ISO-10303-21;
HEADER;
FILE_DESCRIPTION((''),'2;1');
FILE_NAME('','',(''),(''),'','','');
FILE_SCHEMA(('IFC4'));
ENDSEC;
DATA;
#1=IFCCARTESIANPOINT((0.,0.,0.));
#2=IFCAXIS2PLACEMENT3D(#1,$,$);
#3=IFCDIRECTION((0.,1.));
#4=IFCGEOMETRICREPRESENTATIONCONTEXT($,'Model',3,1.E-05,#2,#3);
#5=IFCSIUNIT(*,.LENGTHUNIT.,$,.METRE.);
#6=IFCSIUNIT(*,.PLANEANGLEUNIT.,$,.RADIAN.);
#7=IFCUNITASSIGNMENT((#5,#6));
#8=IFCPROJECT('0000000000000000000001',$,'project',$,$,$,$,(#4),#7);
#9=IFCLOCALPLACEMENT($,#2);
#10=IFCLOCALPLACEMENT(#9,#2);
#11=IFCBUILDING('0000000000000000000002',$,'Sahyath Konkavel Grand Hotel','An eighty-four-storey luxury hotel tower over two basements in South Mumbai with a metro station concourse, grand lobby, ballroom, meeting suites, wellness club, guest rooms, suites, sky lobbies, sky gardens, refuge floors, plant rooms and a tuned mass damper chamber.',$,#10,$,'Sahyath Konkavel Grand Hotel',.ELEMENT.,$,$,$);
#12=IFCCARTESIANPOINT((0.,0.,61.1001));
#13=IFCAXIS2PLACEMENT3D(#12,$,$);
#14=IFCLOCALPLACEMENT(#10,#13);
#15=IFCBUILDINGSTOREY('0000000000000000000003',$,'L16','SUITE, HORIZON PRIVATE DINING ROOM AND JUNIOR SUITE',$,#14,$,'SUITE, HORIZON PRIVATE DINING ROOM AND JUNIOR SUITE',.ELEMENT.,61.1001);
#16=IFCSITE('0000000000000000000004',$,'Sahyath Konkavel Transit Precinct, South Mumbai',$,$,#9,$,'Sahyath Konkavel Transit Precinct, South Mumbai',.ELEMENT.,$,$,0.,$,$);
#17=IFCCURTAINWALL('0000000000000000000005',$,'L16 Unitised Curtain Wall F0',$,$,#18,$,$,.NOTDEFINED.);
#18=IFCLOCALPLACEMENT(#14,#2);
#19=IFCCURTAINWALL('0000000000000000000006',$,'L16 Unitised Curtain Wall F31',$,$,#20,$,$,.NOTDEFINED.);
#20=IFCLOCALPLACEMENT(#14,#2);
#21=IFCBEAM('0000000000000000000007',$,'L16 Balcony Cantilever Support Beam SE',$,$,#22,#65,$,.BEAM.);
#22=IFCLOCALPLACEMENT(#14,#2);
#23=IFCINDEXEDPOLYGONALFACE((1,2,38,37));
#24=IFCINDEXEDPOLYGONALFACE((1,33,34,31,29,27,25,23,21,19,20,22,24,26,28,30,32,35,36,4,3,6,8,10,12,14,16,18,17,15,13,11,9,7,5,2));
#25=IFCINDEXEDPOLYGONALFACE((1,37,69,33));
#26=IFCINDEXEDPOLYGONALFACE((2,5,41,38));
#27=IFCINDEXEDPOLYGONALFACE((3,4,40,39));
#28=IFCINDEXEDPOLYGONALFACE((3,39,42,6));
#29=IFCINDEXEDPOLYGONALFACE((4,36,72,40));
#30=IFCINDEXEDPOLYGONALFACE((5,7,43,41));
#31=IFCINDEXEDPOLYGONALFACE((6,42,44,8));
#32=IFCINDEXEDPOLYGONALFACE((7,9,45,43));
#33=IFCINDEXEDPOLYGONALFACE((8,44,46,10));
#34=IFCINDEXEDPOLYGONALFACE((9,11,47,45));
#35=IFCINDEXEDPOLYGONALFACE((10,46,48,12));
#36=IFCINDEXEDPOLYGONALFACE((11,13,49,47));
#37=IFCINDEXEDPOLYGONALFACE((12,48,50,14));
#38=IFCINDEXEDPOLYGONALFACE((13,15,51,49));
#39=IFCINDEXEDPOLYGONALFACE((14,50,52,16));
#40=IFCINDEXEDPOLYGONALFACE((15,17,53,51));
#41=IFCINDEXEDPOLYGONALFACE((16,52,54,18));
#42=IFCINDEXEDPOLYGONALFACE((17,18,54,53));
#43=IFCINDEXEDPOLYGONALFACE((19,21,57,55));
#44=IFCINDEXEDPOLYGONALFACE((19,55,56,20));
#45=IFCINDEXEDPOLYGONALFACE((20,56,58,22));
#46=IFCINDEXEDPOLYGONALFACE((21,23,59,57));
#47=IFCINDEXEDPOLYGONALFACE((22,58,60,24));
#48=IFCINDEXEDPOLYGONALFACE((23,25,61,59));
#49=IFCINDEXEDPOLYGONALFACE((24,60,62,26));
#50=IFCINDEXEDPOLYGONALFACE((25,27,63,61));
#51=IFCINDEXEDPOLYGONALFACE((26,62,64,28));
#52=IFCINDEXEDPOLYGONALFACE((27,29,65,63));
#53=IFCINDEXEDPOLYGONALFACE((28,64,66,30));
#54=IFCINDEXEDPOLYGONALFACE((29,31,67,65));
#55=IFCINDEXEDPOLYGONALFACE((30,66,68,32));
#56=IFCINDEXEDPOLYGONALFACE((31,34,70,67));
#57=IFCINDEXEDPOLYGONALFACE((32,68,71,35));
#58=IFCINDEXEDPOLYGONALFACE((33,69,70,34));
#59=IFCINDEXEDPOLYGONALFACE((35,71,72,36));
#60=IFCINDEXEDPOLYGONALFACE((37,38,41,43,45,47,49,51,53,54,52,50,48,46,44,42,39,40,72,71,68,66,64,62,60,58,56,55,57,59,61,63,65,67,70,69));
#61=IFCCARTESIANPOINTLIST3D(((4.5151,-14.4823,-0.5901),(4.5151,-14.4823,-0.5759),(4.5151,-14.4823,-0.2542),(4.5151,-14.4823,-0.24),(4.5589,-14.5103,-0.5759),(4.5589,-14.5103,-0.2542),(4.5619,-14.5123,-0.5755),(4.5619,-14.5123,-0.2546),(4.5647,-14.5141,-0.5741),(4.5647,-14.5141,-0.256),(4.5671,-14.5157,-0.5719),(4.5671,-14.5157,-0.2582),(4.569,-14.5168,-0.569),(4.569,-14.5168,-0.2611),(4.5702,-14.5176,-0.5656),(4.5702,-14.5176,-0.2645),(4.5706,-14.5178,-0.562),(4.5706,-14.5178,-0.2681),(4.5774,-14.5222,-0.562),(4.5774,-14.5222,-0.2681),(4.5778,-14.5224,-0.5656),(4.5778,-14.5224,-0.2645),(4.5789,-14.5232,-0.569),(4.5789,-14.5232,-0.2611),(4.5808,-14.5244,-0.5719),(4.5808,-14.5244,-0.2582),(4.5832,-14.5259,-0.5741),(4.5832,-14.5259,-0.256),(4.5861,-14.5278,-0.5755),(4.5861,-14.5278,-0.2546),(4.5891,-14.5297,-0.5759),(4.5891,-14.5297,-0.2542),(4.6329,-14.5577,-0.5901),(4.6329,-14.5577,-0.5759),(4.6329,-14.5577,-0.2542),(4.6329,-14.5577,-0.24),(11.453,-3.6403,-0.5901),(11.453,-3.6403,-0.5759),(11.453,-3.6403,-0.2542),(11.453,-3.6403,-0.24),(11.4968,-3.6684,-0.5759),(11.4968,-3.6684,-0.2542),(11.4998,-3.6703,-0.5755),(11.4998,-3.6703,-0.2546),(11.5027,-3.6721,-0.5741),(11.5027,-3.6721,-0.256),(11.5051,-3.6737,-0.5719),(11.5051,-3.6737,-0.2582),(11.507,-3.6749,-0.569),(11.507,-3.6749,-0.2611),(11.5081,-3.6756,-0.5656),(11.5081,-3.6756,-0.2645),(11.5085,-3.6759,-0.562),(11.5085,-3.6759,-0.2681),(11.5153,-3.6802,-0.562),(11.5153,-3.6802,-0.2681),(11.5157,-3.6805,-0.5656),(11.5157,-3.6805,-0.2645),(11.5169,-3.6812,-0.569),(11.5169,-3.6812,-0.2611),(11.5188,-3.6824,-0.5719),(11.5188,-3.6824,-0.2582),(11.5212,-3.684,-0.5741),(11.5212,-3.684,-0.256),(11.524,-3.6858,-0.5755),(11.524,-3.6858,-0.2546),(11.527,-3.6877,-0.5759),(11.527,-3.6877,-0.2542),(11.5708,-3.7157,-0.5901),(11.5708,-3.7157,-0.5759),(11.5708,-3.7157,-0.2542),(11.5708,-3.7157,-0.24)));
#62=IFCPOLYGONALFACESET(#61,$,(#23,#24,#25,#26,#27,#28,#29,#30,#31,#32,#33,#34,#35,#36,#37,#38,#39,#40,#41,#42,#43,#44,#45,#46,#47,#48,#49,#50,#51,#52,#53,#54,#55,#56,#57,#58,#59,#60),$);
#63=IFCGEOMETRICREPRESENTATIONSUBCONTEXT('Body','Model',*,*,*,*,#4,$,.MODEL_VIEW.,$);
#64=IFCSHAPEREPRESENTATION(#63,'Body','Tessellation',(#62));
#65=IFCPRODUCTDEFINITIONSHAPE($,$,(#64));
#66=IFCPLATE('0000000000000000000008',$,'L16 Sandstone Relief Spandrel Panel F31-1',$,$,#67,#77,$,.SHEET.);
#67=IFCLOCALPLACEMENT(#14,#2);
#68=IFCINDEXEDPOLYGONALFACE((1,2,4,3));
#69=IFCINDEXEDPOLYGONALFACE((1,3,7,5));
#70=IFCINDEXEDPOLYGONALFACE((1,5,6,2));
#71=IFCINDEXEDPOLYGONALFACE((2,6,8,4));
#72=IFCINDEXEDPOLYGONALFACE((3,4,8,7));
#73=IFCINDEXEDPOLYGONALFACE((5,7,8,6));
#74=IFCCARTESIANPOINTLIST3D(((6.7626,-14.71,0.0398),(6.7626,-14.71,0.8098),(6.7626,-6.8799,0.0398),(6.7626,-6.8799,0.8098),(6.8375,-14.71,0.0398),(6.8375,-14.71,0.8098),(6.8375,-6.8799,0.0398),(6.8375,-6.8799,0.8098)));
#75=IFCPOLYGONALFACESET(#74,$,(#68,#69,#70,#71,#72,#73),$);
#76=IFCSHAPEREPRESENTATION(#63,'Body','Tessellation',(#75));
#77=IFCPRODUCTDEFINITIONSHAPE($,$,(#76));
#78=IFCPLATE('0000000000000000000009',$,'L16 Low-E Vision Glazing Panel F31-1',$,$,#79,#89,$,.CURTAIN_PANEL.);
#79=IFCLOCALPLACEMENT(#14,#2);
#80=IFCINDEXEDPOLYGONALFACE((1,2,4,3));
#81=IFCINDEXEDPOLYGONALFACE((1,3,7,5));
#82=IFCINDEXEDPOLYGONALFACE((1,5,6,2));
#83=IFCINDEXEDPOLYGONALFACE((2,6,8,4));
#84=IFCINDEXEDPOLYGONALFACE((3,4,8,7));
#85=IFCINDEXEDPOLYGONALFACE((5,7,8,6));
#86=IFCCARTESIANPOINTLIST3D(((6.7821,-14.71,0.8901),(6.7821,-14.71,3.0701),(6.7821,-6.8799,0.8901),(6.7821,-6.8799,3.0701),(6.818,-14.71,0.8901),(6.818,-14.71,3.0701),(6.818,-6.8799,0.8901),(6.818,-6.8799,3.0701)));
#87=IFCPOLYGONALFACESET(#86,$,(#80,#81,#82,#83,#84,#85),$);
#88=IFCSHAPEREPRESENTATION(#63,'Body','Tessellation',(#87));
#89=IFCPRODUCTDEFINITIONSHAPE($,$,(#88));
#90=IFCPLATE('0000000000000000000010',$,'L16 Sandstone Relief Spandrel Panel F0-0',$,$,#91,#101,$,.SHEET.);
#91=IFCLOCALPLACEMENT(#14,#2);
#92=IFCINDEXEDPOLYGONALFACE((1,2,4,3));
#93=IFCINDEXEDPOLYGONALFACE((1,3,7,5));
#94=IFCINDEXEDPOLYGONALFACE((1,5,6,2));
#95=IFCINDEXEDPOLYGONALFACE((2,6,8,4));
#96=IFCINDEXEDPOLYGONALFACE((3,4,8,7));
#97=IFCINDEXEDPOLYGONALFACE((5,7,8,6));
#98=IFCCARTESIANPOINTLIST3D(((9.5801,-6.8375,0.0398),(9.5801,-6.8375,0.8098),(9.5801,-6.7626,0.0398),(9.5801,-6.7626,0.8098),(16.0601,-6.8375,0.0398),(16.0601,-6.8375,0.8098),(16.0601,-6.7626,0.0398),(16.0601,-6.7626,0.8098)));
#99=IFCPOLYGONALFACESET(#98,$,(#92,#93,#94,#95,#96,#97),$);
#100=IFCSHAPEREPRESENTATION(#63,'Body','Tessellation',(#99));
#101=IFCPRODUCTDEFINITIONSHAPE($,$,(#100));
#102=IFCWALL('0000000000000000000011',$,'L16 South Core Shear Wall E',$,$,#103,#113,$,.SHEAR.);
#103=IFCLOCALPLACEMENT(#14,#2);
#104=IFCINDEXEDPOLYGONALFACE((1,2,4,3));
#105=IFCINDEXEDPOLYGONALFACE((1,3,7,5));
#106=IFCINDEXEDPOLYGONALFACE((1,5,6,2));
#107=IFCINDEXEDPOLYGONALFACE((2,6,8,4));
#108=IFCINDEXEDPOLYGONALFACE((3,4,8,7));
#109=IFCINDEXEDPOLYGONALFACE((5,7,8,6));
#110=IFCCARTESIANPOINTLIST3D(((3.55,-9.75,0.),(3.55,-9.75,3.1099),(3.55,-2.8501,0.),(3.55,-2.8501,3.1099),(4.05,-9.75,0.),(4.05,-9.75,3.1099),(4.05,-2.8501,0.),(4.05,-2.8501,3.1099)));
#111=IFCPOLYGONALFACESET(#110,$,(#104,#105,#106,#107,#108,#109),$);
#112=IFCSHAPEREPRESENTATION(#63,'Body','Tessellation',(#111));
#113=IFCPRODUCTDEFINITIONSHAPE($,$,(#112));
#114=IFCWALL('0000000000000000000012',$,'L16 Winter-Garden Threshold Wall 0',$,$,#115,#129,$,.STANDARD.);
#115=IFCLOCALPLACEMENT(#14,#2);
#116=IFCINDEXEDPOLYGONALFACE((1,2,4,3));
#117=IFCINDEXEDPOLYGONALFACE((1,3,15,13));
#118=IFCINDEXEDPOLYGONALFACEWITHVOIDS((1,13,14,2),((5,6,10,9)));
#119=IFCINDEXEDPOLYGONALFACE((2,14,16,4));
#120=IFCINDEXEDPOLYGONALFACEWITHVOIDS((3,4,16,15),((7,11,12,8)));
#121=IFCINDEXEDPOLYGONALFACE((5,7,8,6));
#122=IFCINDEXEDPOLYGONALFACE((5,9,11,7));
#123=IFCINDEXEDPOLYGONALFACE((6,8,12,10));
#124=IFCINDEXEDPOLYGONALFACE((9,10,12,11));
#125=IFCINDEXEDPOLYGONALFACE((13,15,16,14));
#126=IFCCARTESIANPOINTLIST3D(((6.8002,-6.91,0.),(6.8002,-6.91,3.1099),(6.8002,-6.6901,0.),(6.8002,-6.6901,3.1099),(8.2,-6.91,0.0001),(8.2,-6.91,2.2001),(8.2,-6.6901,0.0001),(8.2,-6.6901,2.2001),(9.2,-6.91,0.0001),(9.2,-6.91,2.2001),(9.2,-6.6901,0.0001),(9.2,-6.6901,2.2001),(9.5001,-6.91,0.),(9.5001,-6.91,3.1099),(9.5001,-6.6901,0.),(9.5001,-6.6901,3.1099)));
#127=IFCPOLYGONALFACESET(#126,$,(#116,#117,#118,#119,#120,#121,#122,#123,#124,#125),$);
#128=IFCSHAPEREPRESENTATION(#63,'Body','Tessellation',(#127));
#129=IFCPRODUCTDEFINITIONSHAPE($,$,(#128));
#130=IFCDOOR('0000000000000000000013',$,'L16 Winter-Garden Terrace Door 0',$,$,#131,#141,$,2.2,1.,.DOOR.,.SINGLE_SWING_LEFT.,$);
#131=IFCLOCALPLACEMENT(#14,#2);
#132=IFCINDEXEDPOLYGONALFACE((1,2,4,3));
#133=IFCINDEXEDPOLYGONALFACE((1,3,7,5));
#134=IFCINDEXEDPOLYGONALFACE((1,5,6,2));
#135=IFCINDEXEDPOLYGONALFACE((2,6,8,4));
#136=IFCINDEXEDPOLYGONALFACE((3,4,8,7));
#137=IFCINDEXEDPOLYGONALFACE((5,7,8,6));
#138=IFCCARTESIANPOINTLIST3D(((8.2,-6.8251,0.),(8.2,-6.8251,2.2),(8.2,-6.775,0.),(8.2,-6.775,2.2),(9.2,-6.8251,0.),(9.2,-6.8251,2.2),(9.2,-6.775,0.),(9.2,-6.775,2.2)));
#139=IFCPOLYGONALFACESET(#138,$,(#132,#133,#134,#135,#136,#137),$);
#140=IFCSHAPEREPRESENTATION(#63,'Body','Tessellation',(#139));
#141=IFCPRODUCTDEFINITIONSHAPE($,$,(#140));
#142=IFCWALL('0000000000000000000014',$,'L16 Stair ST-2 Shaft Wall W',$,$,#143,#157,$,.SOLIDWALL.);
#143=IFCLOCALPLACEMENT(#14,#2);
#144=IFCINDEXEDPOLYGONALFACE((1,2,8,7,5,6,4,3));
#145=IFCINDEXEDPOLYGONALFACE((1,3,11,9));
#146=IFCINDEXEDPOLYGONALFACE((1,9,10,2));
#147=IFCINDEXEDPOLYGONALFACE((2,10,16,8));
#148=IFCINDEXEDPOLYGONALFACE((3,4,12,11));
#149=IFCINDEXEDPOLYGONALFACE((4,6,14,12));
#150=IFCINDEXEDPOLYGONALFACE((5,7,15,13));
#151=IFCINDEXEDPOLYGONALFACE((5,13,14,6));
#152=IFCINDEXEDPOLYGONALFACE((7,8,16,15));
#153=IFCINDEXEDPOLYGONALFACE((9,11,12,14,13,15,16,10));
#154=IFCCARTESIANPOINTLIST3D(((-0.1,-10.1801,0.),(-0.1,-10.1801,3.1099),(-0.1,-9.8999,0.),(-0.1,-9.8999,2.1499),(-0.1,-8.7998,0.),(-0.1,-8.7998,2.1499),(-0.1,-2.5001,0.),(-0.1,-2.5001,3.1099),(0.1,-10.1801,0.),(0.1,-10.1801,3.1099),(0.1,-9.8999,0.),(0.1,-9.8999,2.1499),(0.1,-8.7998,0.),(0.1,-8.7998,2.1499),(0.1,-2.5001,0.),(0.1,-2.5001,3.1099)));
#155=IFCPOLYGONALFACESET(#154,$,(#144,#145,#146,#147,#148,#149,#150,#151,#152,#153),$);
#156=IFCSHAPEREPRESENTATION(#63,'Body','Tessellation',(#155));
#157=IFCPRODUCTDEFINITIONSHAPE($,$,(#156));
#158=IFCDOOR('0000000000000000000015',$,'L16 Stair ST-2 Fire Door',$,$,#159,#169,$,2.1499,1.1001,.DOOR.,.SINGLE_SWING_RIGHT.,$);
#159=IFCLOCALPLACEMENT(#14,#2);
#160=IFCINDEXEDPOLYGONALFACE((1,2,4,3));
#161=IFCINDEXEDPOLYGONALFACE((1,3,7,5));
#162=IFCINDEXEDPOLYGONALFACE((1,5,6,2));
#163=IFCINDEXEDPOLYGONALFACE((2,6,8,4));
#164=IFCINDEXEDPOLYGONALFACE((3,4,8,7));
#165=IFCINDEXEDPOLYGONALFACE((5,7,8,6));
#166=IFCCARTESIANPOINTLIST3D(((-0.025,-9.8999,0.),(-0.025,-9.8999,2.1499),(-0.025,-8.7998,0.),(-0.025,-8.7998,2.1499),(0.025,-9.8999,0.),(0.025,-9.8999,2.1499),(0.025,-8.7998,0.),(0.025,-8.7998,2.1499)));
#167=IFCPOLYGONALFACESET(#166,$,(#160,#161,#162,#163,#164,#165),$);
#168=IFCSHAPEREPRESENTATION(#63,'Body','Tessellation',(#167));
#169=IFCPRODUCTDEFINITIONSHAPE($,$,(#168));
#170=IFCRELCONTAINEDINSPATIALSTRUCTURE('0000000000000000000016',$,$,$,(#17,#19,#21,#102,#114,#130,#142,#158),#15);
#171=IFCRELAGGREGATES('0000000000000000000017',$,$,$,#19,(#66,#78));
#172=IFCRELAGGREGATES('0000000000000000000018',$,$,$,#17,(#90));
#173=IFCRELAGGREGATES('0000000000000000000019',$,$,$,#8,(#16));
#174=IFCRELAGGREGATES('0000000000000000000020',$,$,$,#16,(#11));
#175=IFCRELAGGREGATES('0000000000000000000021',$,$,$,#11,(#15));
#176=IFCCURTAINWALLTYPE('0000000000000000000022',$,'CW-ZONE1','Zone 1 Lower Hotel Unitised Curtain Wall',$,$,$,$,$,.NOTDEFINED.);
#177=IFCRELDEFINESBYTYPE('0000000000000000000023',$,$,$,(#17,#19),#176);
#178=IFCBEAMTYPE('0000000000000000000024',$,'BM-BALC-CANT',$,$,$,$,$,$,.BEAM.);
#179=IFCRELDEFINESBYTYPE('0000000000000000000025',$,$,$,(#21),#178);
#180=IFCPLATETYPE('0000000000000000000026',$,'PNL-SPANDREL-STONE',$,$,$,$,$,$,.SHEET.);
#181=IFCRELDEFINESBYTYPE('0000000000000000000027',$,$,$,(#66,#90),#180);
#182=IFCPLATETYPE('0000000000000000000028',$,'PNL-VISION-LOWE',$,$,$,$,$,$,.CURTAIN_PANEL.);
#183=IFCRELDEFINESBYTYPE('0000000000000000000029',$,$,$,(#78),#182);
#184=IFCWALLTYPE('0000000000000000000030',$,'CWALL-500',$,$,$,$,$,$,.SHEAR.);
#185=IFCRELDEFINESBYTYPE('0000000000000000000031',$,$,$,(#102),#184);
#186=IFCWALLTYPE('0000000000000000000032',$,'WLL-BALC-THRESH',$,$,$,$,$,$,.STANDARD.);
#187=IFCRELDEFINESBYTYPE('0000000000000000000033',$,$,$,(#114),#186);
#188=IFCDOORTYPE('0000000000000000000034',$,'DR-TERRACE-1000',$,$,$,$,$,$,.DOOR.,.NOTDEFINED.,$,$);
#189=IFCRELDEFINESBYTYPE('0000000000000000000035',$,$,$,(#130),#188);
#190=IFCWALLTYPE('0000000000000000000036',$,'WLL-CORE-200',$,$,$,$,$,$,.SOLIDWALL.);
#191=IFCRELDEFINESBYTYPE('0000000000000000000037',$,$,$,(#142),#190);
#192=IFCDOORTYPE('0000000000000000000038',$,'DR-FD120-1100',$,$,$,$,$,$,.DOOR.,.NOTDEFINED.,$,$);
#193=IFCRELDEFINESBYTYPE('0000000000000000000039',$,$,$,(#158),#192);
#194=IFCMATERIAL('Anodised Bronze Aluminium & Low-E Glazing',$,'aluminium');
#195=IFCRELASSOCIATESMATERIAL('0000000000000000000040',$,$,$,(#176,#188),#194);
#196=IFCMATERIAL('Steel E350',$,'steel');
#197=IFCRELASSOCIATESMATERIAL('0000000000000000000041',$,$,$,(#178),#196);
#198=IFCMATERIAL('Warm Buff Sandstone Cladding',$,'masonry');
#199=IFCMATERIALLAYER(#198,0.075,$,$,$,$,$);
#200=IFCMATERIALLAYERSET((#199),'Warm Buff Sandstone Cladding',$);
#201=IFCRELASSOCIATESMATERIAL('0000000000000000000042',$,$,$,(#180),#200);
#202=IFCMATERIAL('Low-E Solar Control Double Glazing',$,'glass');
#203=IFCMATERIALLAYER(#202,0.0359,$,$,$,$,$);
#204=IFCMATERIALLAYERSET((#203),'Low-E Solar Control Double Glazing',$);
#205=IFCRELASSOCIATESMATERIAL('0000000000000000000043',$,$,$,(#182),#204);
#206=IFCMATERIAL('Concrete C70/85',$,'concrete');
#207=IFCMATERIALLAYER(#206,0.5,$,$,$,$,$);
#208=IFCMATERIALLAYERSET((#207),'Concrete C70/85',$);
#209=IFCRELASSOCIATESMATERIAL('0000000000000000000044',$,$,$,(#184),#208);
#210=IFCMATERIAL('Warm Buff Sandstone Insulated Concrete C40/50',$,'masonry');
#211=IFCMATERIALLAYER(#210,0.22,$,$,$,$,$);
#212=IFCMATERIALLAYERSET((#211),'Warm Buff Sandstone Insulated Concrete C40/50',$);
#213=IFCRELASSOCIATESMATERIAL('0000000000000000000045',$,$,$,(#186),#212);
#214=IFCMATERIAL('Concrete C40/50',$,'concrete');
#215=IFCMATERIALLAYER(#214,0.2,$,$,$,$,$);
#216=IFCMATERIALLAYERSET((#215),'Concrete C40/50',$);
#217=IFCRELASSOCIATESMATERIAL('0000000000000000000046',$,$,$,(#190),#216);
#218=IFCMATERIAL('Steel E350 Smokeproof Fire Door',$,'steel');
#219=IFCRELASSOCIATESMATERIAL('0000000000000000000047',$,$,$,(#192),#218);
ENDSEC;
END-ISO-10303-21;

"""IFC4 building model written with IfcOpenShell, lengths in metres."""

from ifc_helpers import new_model, si_unit, direction, frame, frame_2d, origin, origin_2d, place, context, subcontext, project, spatial, rectangle, i_section, extrude, source, transform, mapped, material, layer, layer_set, material_profile, profile_set, type_object, element, fill, aggregate, save


model = new_model("IFC4")

# Units and contexts
model_context = context("Model", 3, precision=1e-05, world=origin(), true_north=direction((0.0, 1.0)))
body_context = subcontext(model_context, "Body", "Model", "MODEL_VIEW")
ifc_project = project(units=[si_unit("LENGTHUNIT", "METRE"), si_unit("PLANEANGLEUNIT", "RADIAN")], contexts=[model_context])

# Site, building, storey
site_placement = place(None, origin())
site = spatial("IfcSite", under=ifc_project, at=site_placement, Name="Sahyath Konkavel Transit Precinct, South Mumbai", LongName="Sahyath Konkavel Transit Precinct, South Mumbai", CompositionType="ELEMENT", RefElevation=0.0)
building_placement = place(site_placement, origin())
building = spatial("IfcBuilding", under=site, at=building_placement, Name="Sahyath Konkavel Grand Hotel", Description="An eighty-four-storey luxury hotel tower over two basements in South Mumbai with a metro station concourse, grand lobby, ballroom, meeting suites, wellness club, guest rooms, suites, sky lobbies, sky gardens, refuge floors, plant rooms and a tuned mass damper chamber.", LongName="Sahyath Konkavel Grand Hotel", CompositionType="ELEMENT")
storey_placement = place(building_placement, frame((0.0, 0.0, 61.1001)))
storey = spatial("IfcBuildingStorey", under=building, at=storey_placement, Name="L16", Description="SUITE, HORIZON PRIVATE DINING ROOM AND JUNIOR SUITE", LongName="SUITE, HORIZON PRIVATE DINING ROOM AND JUNIOR SUITE", CompositionType="ELEMENT", Elevation=61.1001)

# Shared definitions
ifc_material_1 = material(Name="Concrete C70/85", Category="concrete")

# Shared definitions
ifc_material_2 = material(Name="Steel E350", Category="steel")

# Curtain walls
ifc_material_3 = material(Name="Anodised Bronze Aluminium & Low-E Glazing", Category="aluminium")
curtain_wall_type = type_object("IfcCurtainWallType", Name="CW-ZONE1", Description="Zone 1 Lower Hotel Unitised Curtain Wall", PredefinedType="NOTDEFINED", material=ifc_material_3)
curtain_wall_1_placement = place(storey_placement, origin())
curtain_wall_1 = element("IfcCurtainWall", 1, at=curtain_wall_1_placement, inside=storey, type_object=curtain_wall_type, Name="L16 Unitised Curtain Wall F0", PredefinedType="NOTDEFINED")
curtain_wall_2_placement = place(storey_placement, origin())
curtain_wall_2 = element("IfcCurtainWall", 2, at=curtain_wall_2_placement, inside=storey, type_object=curtain_wall_type, Name="L16 Unitised Curtain Wall F31", PredefinedType="NOTDEFINED")

# Beam
ifc_material_profile_1 = material_profile(ifc_material_2, i_section(OverallWidth=0.1399, OverallDepth=0.3501, WebThickness=0.0081, FlangeThickness=0.0142, FilletRadius=0.0139, at=origin_2d()), Name="ISMB 350")
ifc_profile_set_1 = profile_set([ifc_material_profile_1], Name="Steel E350")
beam_type_1 = type_object("IfcBeamType", Name="BM-BALC-CANT", PredefinedType="BEAM", material=ifc_profile_set_1)
shared_shape_1 = source(origin(), body_context, "Body", "SweptSolid", [
    extrude(i_section(OverallWidth=0.1399, OverallDepth=0.3501, WebThickness=0.0081, FlangeThickness=0.0142, FilletRadius=0.0139, at=origin_2d()), origin(), (0.0, 0.0, 1.0), 12.8718),
])
beam_1_placement = place(storey_placement, frame((4.574, -14.52, -0.415), z_axis=(0.539003, 0.842304, 0.0), x_axis=(-0.842304, 0.539003, 0.0)))
element("IfcBeam", 3, at=beam_1_placement, inside=storey, type_object=beam_type_1, Name="L16 Balcony Cantilever Support Beam SE", PredefinedType="BEAM", context=body_context, shape_type="MappedRepresentation", body=[
    mapped(shared_shape_1, transform((0.0, 0.0, 0.0), scale=1.0)),
])

# Plates
ifc_material_4 = material(Name="Warm Buff Sandstone Cladding", Category="masonry")
ifc_layer_1 = layer(ifc_material_4, 0.075)
ifc_layer_set_1 = layer_set([ifc_layer_1], Name="Warm Buff Sandstone Cladding")
plate_type_1 = type_object("IfcPlateType", Name="PNL-SPANDREL-STONE", PredefinedType="SHEET", material=ifc_layer_set_1)
shared_shape_2 = source(origin(), body_context, "Body", "SweptSolid", [
    extrude(rectangle(XDim=7.8301, YDim=0.075, at=origin_2d()), origin(), (0.0, 0.0, 1.0), 0.77),
])
plate_1_placement = place(storey_placement, frame((6.8, -10.7949, 0.0398), z_axis=(0.0, 0.0, 1.0), x_axis=(0.0, 1.0, 0.0)))
plate_1 = element("IfcPlate", 4, at=plate_1_placement, type_object=plate_type_1, Name="L16 Sandstone Relief Spandrel Panel F31-1", PredefinedType="SHEET", context=body_context, shape_type="MappedRepresentation", body=[
    mapped(shared_shape_2, transform((0.0, 0.0, 0.0), scale=1.0)),
])
ifc_material_5 = material(Name="Low-E Solar Control Double Glazing", Category="glass")
ifc_layer_2 = layer(ifc_material_5, 0.0359)
ifc_layer_set_2 = layer_set([ifc_layer_2], Name="Low-E Solar Control Double Glazing")
plate_type_2 = type_object("IfcPlateType", Name="PNL-VISION-LOWE", PredefinedType="CURTAIN_PANEL", material=ifc_layer_set_2)
shared_shape_3 = source(origin(), body_context, "Body", "SweptSolid", [
    extrude(rectangle(XDim=7.8301, YDim=0.0359, at=origin_2d()), origin(), (0.0, 0.0, 1.0), 2.1799),
])
plate_2_placement = place(storey_placement, frame((6.8, -10.7949, 0.8901), z_axis=(0.0, 0.0, 1.0), x_axis=(0.0, 1.0, 0.0)))
plate_2 = element("IfcPlate", 5, at=plate_2_placement, type_object=plate_type_2, Name="L16 Low-E Vision Glazing Panel F31-1", PredefinedType="CURTAIN_PANEL", context=body_context, shape_type="MappedRepresentation", body=[
    mapped(shared_shape_3, transform((0.0, 0.0, 0.0), scale=1.0)),
])
aggregate(curtain_wall_2, [plate_1, plate_2])
shared_shape_4 = source(origin(), body_context, "Body", "SweptSolid", [
    extrude(rectangle(XDim=6.48, YDim=0.075, at=origin_2d()), origin(), (0.0, 0.0, 1.0), 0.77),
])
plate_3_placement = place(storey_placement, frame((12.8201, -6.8, 0.0398), z_axis=(0.0, 0.0, 1.0), x_axis=(1.0, 0.0, 0.0)))
plate_3 = element("IfcPlate", 6, at=plate_3_placement, type_object=plate_type_1, Name="L16 Sandstone Relief Spandrel Panel F0-0", PredefinedType="SHEET", context=body_context, shape_type="MappedRepresentation", body=[
    mapped(shared_shape_4, transform((0.0, 0.0, 0.0), scale=1.0)),
])
aggregate(curtain_wall_1, [plate_3])

# Wall
ifc_layer_3 = layer(ifc_material_1, 0.5)
ifc_layer_set_3 = layer_set([ifc_layer_3], Name="Concrete C70/85")
wall_type_1 = type_object("IfcWallType", Name="CWALL-500", PredefinedType="SHEAR", material=ifc_layer_set_3)
wall_1_placement = place(storey_placement, frame((3.8, -9.75, 0.0), z_axis=(0.0, 0.0, 1.0), x_axis=(0.0, 1.0, 0.0)))
element("IfcWall", 7, at=wall_1_placement, inside=storey, type_object=wall_type_1, Name="L16 South Core Shear Wall E", PredefinedType="SHEAR", context=body_context, shape_type="SweptSolid", body=[
    extrude(rectangle(XDim=6.8999, YDim=0.5, at=frame_2d((3.45, 0.0))), origin(), (0.0, 0.0, 1.0), 3.1099),
])

# Walls, openings, doors
ifc_material_6 = material(Name="Warm Buff Sandstone Insulated Concrete C40/50", Category="masonry")
ifc_layer_4 = layer(ifc_material_6, 0.22)
ifc_layer_set_4 = layer_set([ifc_layer_4], Name="Warm Buff Sandstone Insulated Concrete C40/50")
wall_type_2 = type_object("IfcWallType", Name="WLL-BALC-THRESH", PredefinedType="STANDARD", material=ifc_layer_set_4)
wall_2_placement = place(storey_placement, frame((6.8, -6.8, 0.0), z_axis=(0.0, 0.0, 1.0), x_axis=(1.0, 0.0, 0.0)))
wall_2 = element("IfcWall", 8, at=wall_2_placement, inside=storey, type_object=wall_type_2, Name="L16 Winter-Garden Threshold Wall 0", PredefinedType="STANDARD", context=body_context, shape_type="SweptSolid", body=[
    extrude(rectangle(XDim=2.7, YDim=0.22, at=frame_2d((1.3501, 0.0))), origin(), (0.0, 0.0, 1.0), 3.1099),
])
opening_1_placement = place(wall_2_placement, frame((1.3999, 0.0, 0.0)))
opening_1 = element("IfcOpeningElement", 9, at=opening_1_placement, cuts=wall_2, PredefinedType="OPENING", context=body_context, shape_type="SweptSolid", body=[
    extrude(rectangle(XDim=1.0, YDim=2.2, at=frame_2d((0.5, 1.1001))), frame((0.0, 0.1201, 0.0), z_axis=(0.0, -1.0, 0.0), x_axis=(1.0, 0.0, 0.0)), (0.0, 0.0, 1.0), 0.24),
])
door_type_1 = type_object("IfcDoorType", Name="DR-TERRACE-1000", OperationType="NOTDEFINED", PredefinedType="DOOR", material=ifc_material_3)
shared_shape_5 = source(origin(), body_context, "Body", "SweptSolid", [
    extrude(rectangle(XDim=1.0, YDim=0.05, at=origin_2d()), origin(), (0.0, 0.0, 1.0), 2.2),
])
door_1_placement = place(opening_1_placement, frame((0.5, 0.0, 0.0)))
door_1 = element("IfcDoor", 10, at=door_1_placement, inside=storey, type_object=door_type_1, Name="L16 Winter-Garden Terrace Door 0", OperationType="SINGLE_SWING_LEFT", OverallHeight=2.2, OverallWidth=1.0, PredefinedType="DOOR", context=body_context, shape_type="MappedRepresentation", body=[
    mapped(shared_shape_5, transform((0.0, 0.0, 0.0), scale=1.0)),
])
fill(opening_1, door_1)
ifc_material_7 = material(Name="Concrete C40/50", Category="concrete")
ifc_layer_5 = layer(ifc_material_7, 0.2)
ifc_layer_set_5 = layer_set([ifc_layer_5], Name="Concrete C40/50")
wall_type_3 = type_object("IfcWallType", Name="WLL-CORE-200", PredefinedType="SOLIDWALL", material=ifc_layer_set_5)
wall_3_placement = place(storey_placement, frame((0.0, -10.1799, 0.0), z_axis=(0.0, 0.0, 1.0), x_axis=(0.0, 1.0, 0.0)))
wall_3 = element("IfcWall", 11, at=wall_3_placement, inside=storey, type_object=wall_type_3, Name="L16 Stair ST-2 Shaft Wall W", PredefinedType="SOLIDWALL", context=body_context, shape_type="SweptSolid", body=[
    extrude(rectangle(XDim=7.6799, YDim=0.2, at=frame_2d((3.8398, 0.0))), origin(), (0.0, 0.0, 1.0), 3.1099),
])
opening_2_placement = place(wall_3_placement, frame((0.28, 0.0, 0.0)))
opening_2 = element("IfcOpeningElement", 12, at=opening_2_placement, cuts=wall_3, PredefinedType="OPENING", context=body_context, shape_type="SweptSolid", body=[
    extrude(rectangle(XDim=1.1001, YDim=2.1499, at=frame_2d((0.55, 1.075))), frame((0.0, 0.1099, 0.0), z_axis=(0.0, -1.0, 0.0), x_axis=(1.0, 0.0, 0.0)), (0.0, 0.0, 1.0), 0.22),
])
ifc_material_8 = material(Name="Steel E350 Smokeproof Fire Door", Category="steel")
door_type_2 = type_object("IfcDoorType", Name="DR-FD120-1100", OperationType="NOTDEFINED", PredefinedType="DOOR", material=ifc_material_8)
shared_shape_6 = source(origin(), body_context, "Body", "SweptSolid", [
    extrude(rectangle(XDim=1.1001, YDim=0.05, at=origin_2d()), origin(), (0.0, 0.0, 1.0), 2.1499),
])
door_2_placement = place(opening_2_placement, frame((0.55, 0.0, 0.0)))
door_2 = element("IfcDoor", 13, at=door_2_placement, inside=storey, type_object=door_type_2, Name="L16 Stair ST-2 Fire Door", OperationType="SINGLE_SWING_RIGHT", OverallHeight=2.1499, OverallWidth=1.1001, PredefinedType="DOOR", context=body_context, shape_type="MappedRepresentation", body=[
    mapped(shared_shape_6, transform((0.0, 0.0, 0.0), scale=1.0)),
])
fill(opening_2, door_2)

save(model, "model.ifc")
